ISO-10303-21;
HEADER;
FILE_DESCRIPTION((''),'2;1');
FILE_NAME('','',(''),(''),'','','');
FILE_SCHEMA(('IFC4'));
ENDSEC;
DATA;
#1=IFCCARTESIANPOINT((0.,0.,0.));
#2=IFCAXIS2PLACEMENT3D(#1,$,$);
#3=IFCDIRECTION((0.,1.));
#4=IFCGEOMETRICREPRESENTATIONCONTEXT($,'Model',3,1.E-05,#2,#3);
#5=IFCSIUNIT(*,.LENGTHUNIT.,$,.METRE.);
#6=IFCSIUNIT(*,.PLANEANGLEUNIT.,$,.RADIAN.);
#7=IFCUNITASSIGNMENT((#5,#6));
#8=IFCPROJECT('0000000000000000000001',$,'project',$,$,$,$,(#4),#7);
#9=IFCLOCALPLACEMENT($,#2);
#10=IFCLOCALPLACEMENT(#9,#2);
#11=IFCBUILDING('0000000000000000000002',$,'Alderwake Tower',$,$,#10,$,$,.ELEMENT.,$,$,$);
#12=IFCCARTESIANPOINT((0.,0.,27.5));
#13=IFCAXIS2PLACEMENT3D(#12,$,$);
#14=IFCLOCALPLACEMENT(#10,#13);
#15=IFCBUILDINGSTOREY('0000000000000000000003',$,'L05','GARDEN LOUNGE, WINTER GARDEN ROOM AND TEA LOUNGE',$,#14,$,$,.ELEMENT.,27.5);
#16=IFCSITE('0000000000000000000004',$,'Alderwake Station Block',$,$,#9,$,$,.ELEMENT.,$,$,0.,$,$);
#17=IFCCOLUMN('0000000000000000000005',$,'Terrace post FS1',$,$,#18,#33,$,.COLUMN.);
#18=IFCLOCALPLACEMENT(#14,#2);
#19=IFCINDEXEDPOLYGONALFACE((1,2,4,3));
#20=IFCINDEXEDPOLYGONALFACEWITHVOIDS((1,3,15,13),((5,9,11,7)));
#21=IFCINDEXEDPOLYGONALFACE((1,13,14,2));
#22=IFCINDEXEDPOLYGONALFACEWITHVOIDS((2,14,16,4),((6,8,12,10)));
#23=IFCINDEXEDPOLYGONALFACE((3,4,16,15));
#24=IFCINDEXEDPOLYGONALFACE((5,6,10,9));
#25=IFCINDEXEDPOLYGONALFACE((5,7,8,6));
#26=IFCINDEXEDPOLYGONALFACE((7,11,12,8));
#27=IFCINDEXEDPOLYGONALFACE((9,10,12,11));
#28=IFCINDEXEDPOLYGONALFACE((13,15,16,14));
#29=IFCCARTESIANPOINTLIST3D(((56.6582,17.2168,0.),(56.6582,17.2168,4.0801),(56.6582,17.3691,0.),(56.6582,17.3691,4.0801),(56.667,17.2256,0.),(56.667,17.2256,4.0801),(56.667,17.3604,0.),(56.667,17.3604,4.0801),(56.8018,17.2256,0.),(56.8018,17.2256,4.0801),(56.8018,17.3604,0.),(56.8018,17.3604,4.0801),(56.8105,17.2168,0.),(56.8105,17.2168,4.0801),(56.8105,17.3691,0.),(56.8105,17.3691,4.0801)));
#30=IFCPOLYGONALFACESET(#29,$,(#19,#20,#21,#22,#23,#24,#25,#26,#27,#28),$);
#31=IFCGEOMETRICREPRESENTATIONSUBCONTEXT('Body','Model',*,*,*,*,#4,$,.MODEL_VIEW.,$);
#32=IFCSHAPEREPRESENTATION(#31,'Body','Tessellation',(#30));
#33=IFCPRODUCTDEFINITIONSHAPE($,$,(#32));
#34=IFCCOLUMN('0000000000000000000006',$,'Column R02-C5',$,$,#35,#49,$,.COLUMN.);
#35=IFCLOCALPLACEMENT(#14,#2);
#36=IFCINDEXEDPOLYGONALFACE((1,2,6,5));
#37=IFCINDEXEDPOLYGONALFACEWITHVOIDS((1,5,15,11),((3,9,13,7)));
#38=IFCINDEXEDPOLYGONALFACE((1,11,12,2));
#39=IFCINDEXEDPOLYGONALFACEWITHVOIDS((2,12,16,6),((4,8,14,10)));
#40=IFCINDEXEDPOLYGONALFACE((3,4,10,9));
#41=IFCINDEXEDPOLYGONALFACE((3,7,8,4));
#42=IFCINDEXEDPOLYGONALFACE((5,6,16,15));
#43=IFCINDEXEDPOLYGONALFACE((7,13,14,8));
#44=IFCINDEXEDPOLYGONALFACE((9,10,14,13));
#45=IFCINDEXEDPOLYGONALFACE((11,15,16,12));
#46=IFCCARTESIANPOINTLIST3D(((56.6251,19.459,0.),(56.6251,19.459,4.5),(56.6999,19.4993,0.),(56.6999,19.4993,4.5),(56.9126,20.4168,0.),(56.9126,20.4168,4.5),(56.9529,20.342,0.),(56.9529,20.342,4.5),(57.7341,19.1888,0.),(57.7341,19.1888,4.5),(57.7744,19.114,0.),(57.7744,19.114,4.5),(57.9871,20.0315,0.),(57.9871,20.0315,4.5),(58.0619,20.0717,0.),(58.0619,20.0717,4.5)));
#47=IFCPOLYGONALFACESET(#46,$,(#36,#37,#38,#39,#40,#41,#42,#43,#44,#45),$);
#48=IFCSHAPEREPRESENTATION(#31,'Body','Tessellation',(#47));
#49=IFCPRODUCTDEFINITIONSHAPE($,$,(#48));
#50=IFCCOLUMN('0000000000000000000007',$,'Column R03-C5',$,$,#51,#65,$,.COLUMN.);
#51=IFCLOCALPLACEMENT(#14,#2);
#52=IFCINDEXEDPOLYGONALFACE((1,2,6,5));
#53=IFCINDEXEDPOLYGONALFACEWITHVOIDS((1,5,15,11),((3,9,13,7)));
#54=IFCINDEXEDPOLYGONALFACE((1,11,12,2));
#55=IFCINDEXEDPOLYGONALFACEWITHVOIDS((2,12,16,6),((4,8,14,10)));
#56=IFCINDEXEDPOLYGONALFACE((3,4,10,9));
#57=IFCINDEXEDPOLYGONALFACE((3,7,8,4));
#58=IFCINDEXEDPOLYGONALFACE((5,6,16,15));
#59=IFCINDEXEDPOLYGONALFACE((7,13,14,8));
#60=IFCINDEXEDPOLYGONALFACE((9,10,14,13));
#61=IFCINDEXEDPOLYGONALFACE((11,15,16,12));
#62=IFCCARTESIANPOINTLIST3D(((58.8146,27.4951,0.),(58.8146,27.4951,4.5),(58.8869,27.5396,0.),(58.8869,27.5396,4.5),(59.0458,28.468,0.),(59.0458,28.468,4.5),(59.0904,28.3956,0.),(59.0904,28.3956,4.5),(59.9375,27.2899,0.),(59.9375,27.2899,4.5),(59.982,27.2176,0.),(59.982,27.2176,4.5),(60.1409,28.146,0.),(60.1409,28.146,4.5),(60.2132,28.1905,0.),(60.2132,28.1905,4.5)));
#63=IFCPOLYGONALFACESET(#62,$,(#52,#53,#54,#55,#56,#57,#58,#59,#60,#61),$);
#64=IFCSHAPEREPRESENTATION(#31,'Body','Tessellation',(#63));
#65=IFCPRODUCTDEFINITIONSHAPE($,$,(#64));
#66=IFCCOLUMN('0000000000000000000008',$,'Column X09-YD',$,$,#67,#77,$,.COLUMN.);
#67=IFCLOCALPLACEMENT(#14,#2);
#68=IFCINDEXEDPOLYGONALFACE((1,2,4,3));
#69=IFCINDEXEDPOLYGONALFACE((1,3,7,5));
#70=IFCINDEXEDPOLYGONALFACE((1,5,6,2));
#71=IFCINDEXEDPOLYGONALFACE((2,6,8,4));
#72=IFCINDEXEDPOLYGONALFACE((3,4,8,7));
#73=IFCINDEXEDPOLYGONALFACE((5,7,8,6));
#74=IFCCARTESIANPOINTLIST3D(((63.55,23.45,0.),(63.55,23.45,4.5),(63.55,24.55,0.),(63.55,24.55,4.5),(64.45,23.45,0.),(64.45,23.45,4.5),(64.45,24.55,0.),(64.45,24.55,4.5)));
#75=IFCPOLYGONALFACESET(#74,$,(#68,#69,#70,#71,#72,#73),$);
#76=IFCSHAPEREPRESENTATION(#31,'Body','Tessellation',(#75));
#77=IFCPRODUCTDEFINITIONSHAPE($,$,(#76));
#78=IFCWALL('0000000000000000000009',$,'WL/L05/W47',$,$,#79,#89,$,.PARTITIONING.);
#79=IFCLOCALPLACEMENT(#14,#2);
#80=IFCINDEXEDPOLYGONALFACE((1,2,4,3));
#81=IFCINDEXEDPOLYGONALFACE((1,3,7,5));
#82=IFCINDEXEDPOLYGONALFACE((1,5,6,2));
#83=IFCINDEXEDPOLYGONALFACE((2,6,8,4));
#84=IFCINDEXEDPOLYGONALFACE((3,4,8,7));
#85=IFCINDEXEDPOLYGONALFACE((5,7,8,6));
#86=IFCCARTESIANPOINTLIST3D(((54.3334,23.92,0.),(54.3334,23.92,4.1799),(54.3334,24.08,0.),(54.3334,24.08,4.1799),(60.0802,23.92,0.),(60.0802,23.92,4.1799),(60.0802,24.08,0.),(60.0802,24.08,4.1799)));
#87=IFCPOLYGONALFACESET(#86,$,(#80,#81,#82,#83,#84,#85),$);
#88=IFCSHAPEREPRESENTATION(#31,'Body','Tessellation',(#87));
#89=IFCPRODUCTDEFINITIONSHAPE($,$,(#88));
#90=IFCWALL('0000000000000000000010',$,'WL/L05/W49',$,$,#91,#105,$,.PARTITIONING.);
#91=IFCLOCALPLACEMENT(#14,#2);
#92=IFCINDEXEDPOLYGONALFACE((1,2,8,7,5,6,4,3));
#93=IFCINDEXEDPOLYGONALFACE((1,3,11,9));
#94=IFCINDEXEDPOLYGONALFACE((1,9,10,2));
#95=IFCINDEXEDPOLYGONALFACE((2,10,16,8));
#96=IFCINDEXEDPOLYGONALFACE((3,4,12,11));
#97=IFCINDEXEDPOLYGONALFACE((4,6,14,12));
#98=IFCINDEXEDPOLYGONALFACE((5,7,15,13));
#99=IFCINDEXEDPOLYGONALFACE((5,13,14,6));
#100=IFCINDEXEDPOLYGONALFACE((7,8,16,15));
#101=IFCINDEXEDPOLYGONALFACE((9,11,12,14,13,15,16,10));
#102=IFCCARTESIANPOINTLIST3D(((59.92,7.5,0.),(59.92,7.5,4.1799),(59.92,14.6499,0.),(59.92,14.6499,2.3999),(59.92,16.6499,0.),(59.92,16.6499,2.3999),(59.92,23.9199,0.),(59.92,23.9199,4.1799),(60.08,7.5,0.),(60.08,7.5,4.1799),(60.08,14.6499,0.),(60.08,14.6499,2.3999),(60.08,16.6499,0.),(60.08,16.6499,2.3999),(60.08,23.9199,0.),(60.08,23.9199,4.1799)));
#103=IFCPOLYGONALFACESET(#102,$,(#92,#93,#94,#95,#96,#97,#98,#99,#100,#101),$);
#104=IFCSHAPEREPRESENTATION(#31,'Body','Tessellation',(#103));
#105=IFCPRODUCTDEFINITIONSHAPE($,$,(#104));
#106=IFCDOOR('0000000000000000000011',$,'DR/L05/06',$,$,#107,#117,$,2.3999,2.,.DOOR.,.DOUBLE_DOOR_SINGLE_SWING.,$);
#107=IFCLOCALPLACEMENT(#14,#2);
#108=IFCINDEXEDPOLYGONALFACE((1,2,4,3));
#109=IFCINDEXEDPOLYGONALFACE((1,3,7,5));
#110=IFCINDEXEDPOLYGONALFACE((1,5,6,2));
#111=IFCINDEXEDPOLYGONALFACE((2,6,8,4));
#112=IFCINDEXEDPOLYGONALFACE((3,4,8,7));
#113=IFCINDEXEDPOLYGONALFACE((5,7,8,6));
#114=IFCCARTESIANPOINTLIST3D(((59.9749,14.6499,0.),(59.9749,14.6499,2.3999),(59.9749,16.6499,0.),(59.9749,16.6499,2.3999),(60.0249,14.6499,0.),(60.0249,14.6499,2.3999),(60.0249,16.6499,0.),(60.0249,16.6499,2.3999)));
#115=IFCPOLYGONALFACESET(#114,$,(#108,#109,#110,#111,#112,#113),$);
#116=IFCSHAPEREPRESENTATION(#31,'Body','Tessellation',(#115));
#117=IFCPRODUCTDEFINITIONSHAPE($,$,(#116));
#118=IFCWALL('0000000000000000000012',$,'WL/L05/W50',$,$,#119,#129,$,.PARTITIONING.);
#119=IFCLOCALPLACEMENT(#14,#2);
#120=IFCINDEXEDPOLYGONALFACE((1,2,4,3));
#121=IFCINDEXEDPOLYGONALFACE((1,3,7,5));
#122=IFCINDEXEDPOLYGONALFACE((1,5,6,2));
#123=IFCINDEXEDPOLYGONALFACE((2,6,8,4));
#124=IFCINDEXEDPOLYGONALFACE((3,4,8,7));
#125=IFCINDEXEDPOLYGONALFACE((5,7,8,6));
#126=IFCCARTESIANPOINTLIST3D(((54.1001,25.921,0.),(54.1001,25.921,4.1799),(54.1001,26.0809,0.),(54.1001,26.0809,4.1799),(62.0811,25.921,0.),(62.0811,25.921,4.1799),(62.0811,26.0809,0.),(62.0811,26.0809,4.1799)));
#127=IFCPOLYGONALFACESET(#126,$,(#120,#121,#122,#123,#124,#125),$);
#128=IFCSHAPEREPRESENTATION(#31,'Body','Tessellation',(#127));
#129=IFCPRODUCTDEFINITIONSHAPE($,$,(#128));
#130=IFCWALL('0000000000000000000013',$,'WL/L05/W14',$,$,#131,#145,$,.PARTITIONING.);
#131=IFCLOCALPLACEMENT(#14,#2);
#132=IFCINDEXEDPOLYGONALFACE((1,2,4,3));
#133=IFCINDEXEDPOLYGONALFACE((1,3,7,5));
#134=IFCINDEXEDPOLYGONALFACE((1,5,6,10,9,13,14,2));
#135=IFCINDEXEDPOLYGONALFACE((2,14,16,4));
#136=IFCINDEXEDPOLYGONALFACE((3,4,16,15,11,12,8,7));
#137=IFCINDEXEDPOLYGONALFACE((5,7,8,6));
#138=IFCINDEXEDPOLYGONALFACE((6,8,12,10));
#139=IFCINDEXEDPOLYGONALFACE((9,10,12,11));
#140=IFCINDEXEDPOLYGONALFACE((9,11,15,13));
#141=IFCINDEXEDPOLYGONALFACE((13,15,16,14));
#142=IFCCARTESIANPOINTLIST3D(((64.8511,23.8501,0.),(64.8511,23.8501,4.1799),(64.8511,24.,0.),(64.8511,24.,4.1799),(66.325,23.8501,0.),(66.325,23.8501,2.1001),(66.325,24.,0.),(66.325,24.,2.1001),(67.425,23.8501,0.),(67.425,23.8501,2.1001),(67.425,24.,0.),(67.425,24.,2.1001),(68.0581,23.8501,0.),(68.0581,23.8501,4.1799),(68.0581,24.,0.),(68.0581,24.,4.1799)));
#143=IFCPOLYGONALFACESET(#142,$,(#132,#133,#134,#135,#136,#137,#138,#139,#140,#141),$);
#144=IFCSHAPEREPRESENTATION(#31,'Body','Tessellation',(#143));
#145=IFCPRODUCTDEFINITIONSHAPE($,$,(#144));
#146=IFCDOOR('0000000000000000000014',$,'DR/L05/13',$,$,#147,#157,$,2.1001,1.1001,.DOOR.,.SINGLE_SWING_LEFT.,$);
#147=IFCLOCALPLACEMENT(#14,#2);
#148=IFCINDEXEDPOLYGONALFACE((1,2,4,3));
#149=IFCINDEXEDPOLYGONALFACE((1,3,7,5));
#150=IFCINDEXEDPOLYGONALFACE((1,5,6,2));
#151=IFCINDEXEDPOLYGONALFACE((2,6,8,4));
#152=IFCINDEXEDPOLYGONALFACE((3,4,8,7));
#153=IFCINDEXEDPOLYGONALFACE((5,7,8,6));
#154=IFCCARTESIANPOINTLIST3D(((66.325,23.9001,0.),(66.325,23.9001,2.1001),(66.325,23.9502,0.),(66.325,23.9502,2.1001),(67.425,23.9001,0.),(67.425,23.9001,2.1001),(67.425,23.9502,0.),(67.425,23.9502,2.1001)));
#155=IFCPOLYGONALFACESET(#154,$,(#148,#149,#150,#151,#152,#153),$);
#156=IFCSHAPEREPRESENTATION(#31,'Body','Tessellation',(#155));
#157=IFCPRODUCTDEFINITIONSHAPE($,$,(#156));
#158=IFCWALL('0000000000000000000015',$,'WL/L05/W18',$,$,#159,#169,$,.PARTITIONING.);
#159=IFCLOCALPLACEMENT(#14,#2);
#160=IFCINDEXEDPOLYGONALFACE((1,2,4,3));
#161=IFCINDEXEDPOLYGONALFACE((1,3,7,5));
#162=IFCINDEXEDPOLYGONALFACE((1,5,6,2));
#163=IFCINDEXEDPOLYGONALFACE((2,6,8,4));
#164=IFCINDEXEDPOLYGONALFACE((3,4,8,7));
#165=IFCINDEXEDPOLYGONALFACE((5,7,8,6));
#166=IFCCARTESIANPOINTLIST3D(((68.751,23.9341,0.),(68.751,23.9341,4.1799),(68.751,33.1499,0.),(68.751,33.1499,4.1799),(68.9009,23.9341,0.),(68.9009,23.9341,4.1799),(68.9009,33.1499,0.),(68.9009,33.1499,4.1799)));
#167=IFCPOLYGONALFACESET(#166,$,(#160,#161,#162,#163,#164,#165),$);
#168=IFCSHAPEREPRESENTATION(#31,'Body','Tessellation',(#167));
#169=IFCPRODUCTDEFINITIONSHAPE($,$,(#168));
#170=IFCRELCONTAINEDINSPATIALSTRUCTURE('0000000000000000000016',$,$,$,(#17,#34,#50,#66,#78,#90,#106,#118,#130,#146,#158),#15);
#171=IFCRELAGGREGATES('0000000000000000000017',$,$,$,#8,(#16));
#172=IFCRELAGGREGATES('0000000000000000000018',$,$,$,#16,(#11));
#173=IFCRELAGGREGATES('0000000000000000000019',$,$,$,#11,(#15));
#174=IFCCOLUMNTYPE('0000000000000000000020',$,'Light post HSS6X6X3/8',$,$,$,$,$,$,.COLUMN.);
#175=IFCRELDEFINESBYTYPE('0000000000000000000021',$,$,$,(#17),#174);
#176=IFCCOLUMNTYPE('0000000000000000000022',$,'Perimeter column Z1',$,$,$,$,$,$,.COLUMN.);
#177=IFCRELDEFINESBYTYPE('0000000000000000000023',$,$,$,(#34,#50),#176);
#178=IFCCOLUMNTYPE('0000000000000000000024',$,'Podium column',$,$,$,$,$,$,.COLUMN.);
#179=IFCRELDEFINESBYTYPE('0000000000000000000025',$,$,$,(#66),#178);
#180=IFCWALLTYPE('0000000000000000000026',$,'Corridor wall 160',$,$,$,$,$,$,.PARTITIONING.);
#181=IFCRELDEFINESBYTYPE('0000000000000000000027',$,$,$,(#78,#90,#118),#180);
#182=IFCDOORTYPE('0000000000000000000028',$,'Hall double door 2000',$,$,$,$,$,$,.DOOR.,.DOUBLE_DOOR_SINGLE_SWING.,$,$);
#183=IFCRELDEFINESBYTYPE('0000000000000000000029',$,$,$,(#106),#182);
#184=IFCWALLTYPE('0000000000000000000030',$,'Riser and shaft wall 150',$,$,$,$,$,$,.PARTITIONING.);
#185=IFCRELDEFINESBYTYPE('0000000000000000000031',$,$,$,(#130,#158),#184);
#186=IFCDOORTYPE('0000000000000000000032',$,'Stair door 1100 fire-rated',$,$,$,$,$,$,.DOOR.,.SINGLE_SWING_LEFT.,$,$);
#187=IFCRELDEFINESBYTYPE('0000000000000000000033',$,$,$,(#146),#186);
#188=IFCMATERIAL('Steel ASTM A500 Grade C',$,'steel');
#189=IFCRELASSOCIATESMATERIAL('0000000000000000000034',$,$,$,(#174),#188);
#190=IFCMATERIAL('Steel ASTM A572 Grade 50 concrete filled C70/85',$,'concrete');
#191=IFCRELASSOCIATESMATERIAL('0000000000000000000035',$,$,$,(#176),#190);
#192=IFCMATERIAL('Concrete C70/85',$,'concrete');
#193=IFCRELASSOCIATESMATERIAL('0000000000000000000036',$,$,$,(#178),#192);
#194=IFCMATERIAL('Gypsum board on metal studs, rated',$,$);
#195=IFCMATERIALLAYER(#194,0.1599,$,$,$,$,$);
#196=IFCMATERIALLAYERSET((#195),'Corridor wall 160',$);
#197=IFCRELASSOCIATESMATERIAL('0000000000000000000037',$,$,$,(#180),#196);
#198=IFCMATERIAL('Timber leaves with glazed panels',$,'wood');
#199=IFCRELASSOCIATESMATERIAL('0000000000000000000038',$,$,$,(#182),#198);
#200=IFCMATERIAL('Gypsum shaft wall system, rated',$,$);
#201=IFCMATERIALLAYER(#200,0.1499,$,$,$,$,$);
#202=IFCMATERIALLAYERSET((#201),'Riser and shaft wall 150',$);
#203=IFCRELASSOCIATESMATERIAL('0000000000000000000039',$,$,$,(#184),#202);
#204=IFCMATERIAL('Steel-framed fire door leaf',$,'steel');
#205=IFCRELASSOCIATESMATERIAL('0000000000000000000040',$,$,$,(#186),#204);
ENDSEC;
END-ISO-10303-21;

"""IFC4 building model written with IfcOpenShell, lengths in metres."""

from ifc_helpers import new_model, si_unit, direction, frame, frame_2d, origin, origin_2d, place, context, subcontext, project, spatial, rectangle, hollow_rectangle, extrude, material, layer, layer_set, material_profile, profile_set, type_object, element, fill, save


model = new_model("IFC4")

# Units and contexts
model_context = context("Model", 3, precision=1e-05, world=origin(), true_north=direction((0.0, 1.0)))
body_context = subcontext(model_context, "Body", "Model", "MODEL_VIEW")
ifc_project = project(units=[si_unit("LENGTHUNIT", "METRE"), si_unit("PLANEANGLEUNIT", "RADIAN")], contexts=[model_context])

# Site, building, storey
site_placement = place(None, origin())
site = spatial("IfcSite", under=ifc_project, at=site_placement, Name="Alderwake Station Block", CompositionType="ELEMENT", RefElevation=0.0)
building_placement = place(site_placement, origin())
building = spatial("IfcBuilding", under=site, at=building_placement, Name="Alderwake Tower", CompositionType="ELEMENT")
storey_placement = place(building_placement, frame((0.0, 0.0, 27.5)))
storey = spatial("IfcBuildingStorey", under=building, at=storey_placement, Name="L05", Description="GARDEN LOUNGE, WINTER GARDEN ROOM AND TEA LOUNGE", CompositionType="ELEMENT", Elevation=27.5)

# Columns
ifc_material_1 = material(Name="Steel ASTM A500 Grade C", Category="steel")
ifc_material_profile_1 = material_profile(ifc_material_1, hollow_rectangle(XDim=0.1523, YDim=0.1523, WallThickness=0.0088, at=origin_2d()), Name="HSS6X6X3/8")
ifc_profile_set_1 = profile_set([ifc_material_profile_1], Name="Steel ASTM A500 Grade C")
column_type_1 = type_object("IfcColumnType", Name="Light post HSS6X6X3/8", PredefinedType="COLUMN", material=ifc_profile_set_1)
column_1_placement = place(storey_placement, frame((56.7344, 17.293, 0.0), z_axis=(0.0, 0.0, 1.0), x_axis=(1.0, 0.0, 0.0)))
element("IfcColumn", 1, at=column_1_placement, inside=storey, type_object=column_type_1, Name="Terrace post FS1", PredefinedType="COLUMN", context=body_context, shape_type="SweptSolid", body=[
    extrude(hollow_rectangle(XDim=0.1523, YDim=0.1523, WallThickness=0.0088, at=origin_2d()), origin(), (0.0, 0.0, 1.0), 4.0801),
])
ifc_material_2 = material(Name="Steel ASTM A572 Grade 50 concrete filled C70/85", Category="concrete")
ifc_material_profile_2 = material_profile(ifc_material_2, hollow_rectangle(XDim=1.0, YDim=1.2, WallThickness=0.0601, at=origin_2d()), Name="BOX 1200X1000X60")
ifc_profile_set_2 = profile_set([ifc_material_profile_2], Name="Steel ASTM A572 Grade 50 concrete filled C70/85")
column_type_2 = type_object("IfcColumnType", Name="Perimeter column Z1", PredefinedType="COLUMN", material=ifc_profile_set_2)
for number, where, z_axis, x_axis, name in (
    (2, (57.3435, 19.7654, 0.0), (0.0, 0.0, 1.0), (0.287549, 0.957766, 0.0), "Column R02-C5"),
    (3, (59.5139, 27.8428, 0.0), (0.0, 0.0, 1.0), (0.231222, 0.972901, 0.0), "Column R03-C5"),
):
    element("IfcColumn", number, at=place(storey_placement, frame(where, z_axis=z_axis, x_axis=x_axis)), inside=storey, type_object=column_type_2, Name=name, PredefinedType="COLUMN", context=body_context, shape_type="SweptSolid", body=[
        extrude(hollow_rectangle(XDim=1.0, YDim=1.2, WallThickness=0.0601, at=origin_2d()), origin(), (0.0, 0.0, 1.0), 4.5),
    ])
ifc_material_3 = material(Name="Concrete C70/85", Category="concrete")
ifc_material_profile_3 = material_profile(ifc_material_3, rectangle(XDim=0.8999, YDim=1.1001, at=origin_2d()), Name="RC 1100X900")
ifc_profile_set_3 = profile_set([ifc_material_profile_3], Name="Concrete C70/85")
column_type_3 = type_object("IfcColumnType", Name="Podium column", PredefinedType="COLUMN", material=ifc_profile_set_3)
column_2_placement = place(storey_placement, frame((64.0, 24.0, 0.0), z_axis=(0.0, 0.0, 1.0), x_axis=(1.0, 0.0, 0.0)))
element("IfcColumn", 4, at=column_2_placement, inside=storey, type_object=column_type_3, Name="Column X09-YD", PredefinedType="COLUMN", context=body_context, shape_type="SweptSolid", body=[
    extrude(rectangle(XDim=0.8999, YDim=1.1001, at=origin_2d()), origin(), (0.0, 0.0, 1.0), 4.5),
])

# Wall
ifc_material_4 = material(Name="Gypsum board on metal studs, rated")
ifc_layer_1 = layer(ifc_material_4, 0.1599)
ifc_layer_set_1 = layer_set([ifc_layer_1], Name="Corridor wall 160")
wall_type_1 = type_object("IfcWallType", Name="Corridor wall 160", PredefinedType="PARTITIONING", material=ifc_layer_set_1)
wall_1_placement = place(storey_placement, frame((54.3333, 24.0, 0.0), z_axis=(0.0, 0.0, 1.0), x_axis=(1.0, 0.0, 0.0)))
element("IfcWall", 5, at=wall_1_placement, inside=storey, type_object=wall_type_1, Name="WL/L05/W47", PredefinedType="PARTITIONING", context=body_context, shape_type="SweptSolid", body=[
    extrude(rectangle(XDim=5.7468, YDim=0.1599, at=frame_2d((2.8735, 0.0))), origin(), (0.0, 0.0, 1.0), 4.1799),
])

# Wall, opening, door
wall_2_placement = place(storey_placement, frame((60.0, 23.9199, 0.0), z_axis=(0.0, 0.0, 1.0), x_axis=(0.0, -1.0, 0.0)))
wall_2 = element("IfcWall", 6, at=wall_2_placement, inside=storey, type_object=wall_type_1, Name="WL/L05/W49", PredefinedType="PARTITIONING", context=body_context, shape_type="SweptSolid", body=[
    extrude(rectangle(XDim=16.4199, YDim=0.1599, at=frame_2d((8.21, 0.0))), origin(), (0.0, 0.0, 1.0), 4.1799),
])
opening_1_placement = place(wall_2_placement, frame((7.27, 0.0, 0.0)))
opening_1 = element("IfcOpeningElement", 7, at=opening_1_placement, cuts=wall_2, PredefinedType="OPENING", context=body_context, shape_type="SweptSolid", body=[
    extrude(rectangle(XDim=2.0, YDim=2.3999, at=frame_2d((1.0, 1.2))), frame((0.0, 0.0898, 0.0), z_axis=(0.0, -1.0, 0.0), x_axis=(1.0, 0.0, 0.0)), (0.0, 0.0, 1.0), 0.1799),
])
ifc_material_5 = material(Name="Timber leaves with glazed panels", Category="wood")
door_type_1 = type_object("IfcDoorType", Name="Hall double door 2000", OperationType="DOUBLE_DOOR_SINGLE_SWING", PredefinedType="DOOR", material=ifc_material_5)
door_1_placement = place(opening_1_placement, origin())
door_1 = element("IfcDoor", 8, at=door_1_placement, inside=storey, type_object=door_type_1, Name="DR/L05/06", OperationType="DOUBLE_DOOR_SINGLE_SWING", OverallHeight=2.3999, OverallWidth=2.0, PredefinedType="DOOR", context=body_context, shape_type="SweptSolid", body=[
    extrude(rectangle(XDim=2.0, YDim=2.3999, at=frame_2d((1.0, 1.2))), frame((0.0, 0.0249, 0.0), z_axis=(0.0, -1.0, 0.0), x_axis=(1.0, 0.0, 0.0)), (0.0, 0.0, 1.0), 0.05),
])
fill(opening_1, door_1)

# Wall
wall_3_placement = place(storey_placement, frame((62.0811, 26.001, 0.0), z_axis=(0.0, 0.0, 1.0), x_axis=(-1.0, 0.0, 0.0)))
element("IfcWall", 9, at=wall_3_placement, inside=storey, type_object=wall_type_1, Name="WL/L05/W50", PredefinedType="PARTITIONING", context=body_context, shape_type="SweptSolid", body=[
    extrude(rectangle(XDim=7.981, YDim=0.1599, at=frame_2d((3.9905, 0.0))), origin(), (0.0, 0.0, 1.0), 4.1799),
])

# Wall, opening, door
ifc_material_6 = material(Name="Gypsum shaft wall system, rated")
ifc_layer_2 = layer(ifc_material_6, 0.1499)
ifc_layer_set_2 = layer_set([ifc_layer_2], Name="Riser and shaft wall 150")
wall_type_2 = type_object("IfcWallType", Name="Riser and shaft wall 150", PredefinedType="PARTITIONING", material=ifc_layer_set_2)
wall_4_placement = place(storey_placement, frame((68.0581, 23.925, 0.0), z_axis=(0.0, 0.0, 1.0), x_axis=(-1.0, 0.0, 0.0)))
wall_4 = element("IfcWall", 10, at=wall_4_placement, inside=storey, type_object=wall_type_2, Name="WL/L05/W14", PredefinedType="PARTITIONING", context=body_context, shape_type="SweptSolid", body=[
    extrude(rectangle(XDim=3.207, YDim=0.1499, at=frame_2d((1.6035, 0.0))), origin(), (0.0, 0.0, 1.0), 4.1799),
])
opening_2_placement = place(wall_4_placement, frame((0.6331, 0.0, 0.0)))
opening_2 = element("IfcOpeningElement", 11, at=opening_2_placement, cuts=wall_4, PredefinedType="OPENING", context=body_context, shape_type="SweptSolid", body=[
    extrude(rectangle(XDim=1.1001, YDim=2.1001, at=frame_2d((0.55, 1.05))), frame((0.0, 0.085, 0.0), z_axis=(0.0, -1.0, 0.0), x_axis=(1.0, 0.0, 0.0)), (0.0, 0.0, 1.0), 0.1699),
])
ifc_material_7 = material(Name="Steel-framed fire door leaf", Category="steel")
door_type_2 = type_object("IfcDoorType", Name="Stair door 1100 fire-rated", OperationType="SINGLE_SWING_LEFT", PredefinedType="DOOR", material=ifc_material_7)
door_2_placement = place(opening_2_placement, origin())
door_2 = element("IfcDoor", 12, at=door_2_placement, inside=storey, type_object=door_type_2, Name="DR/L05/13", OperationType="SINGLE_SWING_LEFT", OverallHeight=2.1001, OverallWidth=1.1001, PredefinedType="DOOR", context=body_context, shape_type="SweptSolid", body=[
    extrude(rectangle(XDim=1.1001, YDim=2.1001, at=frame_2d((0.55, 1.05))), frame((0.0, 0.0249, 0.0), z_axis=(0.0, -1.0, 0.0), x_axis=(1.0, 0.0, 0.0)), (0.0, 0.0, 1.0), 0.05),
])
fill(opening_2, door_2)

# Wall
wall_5_placement = place(storey_placement, frame((68.8259, 23.9341, 0.0), z_axis=(0.0, 0.0, 1.0), x_axis=(0.0, 1.0, 0.0)))
element("IfcWall", 13, at=wall_5_placement, inside=storey, type_object=wall_type_2, Name="WL/L05/W18", PredefinedType="PARTITIONING", context=body_context, shape_type="SweptSolid", body=[
    extrude(rectangle(XDim=9.2158, YDim=0.1499, at=frame_2d((4.6079, 0.0))), origin(), (0.0, 0.0, 1.0), 4.1799),
])

save(model, "model.ifc")
